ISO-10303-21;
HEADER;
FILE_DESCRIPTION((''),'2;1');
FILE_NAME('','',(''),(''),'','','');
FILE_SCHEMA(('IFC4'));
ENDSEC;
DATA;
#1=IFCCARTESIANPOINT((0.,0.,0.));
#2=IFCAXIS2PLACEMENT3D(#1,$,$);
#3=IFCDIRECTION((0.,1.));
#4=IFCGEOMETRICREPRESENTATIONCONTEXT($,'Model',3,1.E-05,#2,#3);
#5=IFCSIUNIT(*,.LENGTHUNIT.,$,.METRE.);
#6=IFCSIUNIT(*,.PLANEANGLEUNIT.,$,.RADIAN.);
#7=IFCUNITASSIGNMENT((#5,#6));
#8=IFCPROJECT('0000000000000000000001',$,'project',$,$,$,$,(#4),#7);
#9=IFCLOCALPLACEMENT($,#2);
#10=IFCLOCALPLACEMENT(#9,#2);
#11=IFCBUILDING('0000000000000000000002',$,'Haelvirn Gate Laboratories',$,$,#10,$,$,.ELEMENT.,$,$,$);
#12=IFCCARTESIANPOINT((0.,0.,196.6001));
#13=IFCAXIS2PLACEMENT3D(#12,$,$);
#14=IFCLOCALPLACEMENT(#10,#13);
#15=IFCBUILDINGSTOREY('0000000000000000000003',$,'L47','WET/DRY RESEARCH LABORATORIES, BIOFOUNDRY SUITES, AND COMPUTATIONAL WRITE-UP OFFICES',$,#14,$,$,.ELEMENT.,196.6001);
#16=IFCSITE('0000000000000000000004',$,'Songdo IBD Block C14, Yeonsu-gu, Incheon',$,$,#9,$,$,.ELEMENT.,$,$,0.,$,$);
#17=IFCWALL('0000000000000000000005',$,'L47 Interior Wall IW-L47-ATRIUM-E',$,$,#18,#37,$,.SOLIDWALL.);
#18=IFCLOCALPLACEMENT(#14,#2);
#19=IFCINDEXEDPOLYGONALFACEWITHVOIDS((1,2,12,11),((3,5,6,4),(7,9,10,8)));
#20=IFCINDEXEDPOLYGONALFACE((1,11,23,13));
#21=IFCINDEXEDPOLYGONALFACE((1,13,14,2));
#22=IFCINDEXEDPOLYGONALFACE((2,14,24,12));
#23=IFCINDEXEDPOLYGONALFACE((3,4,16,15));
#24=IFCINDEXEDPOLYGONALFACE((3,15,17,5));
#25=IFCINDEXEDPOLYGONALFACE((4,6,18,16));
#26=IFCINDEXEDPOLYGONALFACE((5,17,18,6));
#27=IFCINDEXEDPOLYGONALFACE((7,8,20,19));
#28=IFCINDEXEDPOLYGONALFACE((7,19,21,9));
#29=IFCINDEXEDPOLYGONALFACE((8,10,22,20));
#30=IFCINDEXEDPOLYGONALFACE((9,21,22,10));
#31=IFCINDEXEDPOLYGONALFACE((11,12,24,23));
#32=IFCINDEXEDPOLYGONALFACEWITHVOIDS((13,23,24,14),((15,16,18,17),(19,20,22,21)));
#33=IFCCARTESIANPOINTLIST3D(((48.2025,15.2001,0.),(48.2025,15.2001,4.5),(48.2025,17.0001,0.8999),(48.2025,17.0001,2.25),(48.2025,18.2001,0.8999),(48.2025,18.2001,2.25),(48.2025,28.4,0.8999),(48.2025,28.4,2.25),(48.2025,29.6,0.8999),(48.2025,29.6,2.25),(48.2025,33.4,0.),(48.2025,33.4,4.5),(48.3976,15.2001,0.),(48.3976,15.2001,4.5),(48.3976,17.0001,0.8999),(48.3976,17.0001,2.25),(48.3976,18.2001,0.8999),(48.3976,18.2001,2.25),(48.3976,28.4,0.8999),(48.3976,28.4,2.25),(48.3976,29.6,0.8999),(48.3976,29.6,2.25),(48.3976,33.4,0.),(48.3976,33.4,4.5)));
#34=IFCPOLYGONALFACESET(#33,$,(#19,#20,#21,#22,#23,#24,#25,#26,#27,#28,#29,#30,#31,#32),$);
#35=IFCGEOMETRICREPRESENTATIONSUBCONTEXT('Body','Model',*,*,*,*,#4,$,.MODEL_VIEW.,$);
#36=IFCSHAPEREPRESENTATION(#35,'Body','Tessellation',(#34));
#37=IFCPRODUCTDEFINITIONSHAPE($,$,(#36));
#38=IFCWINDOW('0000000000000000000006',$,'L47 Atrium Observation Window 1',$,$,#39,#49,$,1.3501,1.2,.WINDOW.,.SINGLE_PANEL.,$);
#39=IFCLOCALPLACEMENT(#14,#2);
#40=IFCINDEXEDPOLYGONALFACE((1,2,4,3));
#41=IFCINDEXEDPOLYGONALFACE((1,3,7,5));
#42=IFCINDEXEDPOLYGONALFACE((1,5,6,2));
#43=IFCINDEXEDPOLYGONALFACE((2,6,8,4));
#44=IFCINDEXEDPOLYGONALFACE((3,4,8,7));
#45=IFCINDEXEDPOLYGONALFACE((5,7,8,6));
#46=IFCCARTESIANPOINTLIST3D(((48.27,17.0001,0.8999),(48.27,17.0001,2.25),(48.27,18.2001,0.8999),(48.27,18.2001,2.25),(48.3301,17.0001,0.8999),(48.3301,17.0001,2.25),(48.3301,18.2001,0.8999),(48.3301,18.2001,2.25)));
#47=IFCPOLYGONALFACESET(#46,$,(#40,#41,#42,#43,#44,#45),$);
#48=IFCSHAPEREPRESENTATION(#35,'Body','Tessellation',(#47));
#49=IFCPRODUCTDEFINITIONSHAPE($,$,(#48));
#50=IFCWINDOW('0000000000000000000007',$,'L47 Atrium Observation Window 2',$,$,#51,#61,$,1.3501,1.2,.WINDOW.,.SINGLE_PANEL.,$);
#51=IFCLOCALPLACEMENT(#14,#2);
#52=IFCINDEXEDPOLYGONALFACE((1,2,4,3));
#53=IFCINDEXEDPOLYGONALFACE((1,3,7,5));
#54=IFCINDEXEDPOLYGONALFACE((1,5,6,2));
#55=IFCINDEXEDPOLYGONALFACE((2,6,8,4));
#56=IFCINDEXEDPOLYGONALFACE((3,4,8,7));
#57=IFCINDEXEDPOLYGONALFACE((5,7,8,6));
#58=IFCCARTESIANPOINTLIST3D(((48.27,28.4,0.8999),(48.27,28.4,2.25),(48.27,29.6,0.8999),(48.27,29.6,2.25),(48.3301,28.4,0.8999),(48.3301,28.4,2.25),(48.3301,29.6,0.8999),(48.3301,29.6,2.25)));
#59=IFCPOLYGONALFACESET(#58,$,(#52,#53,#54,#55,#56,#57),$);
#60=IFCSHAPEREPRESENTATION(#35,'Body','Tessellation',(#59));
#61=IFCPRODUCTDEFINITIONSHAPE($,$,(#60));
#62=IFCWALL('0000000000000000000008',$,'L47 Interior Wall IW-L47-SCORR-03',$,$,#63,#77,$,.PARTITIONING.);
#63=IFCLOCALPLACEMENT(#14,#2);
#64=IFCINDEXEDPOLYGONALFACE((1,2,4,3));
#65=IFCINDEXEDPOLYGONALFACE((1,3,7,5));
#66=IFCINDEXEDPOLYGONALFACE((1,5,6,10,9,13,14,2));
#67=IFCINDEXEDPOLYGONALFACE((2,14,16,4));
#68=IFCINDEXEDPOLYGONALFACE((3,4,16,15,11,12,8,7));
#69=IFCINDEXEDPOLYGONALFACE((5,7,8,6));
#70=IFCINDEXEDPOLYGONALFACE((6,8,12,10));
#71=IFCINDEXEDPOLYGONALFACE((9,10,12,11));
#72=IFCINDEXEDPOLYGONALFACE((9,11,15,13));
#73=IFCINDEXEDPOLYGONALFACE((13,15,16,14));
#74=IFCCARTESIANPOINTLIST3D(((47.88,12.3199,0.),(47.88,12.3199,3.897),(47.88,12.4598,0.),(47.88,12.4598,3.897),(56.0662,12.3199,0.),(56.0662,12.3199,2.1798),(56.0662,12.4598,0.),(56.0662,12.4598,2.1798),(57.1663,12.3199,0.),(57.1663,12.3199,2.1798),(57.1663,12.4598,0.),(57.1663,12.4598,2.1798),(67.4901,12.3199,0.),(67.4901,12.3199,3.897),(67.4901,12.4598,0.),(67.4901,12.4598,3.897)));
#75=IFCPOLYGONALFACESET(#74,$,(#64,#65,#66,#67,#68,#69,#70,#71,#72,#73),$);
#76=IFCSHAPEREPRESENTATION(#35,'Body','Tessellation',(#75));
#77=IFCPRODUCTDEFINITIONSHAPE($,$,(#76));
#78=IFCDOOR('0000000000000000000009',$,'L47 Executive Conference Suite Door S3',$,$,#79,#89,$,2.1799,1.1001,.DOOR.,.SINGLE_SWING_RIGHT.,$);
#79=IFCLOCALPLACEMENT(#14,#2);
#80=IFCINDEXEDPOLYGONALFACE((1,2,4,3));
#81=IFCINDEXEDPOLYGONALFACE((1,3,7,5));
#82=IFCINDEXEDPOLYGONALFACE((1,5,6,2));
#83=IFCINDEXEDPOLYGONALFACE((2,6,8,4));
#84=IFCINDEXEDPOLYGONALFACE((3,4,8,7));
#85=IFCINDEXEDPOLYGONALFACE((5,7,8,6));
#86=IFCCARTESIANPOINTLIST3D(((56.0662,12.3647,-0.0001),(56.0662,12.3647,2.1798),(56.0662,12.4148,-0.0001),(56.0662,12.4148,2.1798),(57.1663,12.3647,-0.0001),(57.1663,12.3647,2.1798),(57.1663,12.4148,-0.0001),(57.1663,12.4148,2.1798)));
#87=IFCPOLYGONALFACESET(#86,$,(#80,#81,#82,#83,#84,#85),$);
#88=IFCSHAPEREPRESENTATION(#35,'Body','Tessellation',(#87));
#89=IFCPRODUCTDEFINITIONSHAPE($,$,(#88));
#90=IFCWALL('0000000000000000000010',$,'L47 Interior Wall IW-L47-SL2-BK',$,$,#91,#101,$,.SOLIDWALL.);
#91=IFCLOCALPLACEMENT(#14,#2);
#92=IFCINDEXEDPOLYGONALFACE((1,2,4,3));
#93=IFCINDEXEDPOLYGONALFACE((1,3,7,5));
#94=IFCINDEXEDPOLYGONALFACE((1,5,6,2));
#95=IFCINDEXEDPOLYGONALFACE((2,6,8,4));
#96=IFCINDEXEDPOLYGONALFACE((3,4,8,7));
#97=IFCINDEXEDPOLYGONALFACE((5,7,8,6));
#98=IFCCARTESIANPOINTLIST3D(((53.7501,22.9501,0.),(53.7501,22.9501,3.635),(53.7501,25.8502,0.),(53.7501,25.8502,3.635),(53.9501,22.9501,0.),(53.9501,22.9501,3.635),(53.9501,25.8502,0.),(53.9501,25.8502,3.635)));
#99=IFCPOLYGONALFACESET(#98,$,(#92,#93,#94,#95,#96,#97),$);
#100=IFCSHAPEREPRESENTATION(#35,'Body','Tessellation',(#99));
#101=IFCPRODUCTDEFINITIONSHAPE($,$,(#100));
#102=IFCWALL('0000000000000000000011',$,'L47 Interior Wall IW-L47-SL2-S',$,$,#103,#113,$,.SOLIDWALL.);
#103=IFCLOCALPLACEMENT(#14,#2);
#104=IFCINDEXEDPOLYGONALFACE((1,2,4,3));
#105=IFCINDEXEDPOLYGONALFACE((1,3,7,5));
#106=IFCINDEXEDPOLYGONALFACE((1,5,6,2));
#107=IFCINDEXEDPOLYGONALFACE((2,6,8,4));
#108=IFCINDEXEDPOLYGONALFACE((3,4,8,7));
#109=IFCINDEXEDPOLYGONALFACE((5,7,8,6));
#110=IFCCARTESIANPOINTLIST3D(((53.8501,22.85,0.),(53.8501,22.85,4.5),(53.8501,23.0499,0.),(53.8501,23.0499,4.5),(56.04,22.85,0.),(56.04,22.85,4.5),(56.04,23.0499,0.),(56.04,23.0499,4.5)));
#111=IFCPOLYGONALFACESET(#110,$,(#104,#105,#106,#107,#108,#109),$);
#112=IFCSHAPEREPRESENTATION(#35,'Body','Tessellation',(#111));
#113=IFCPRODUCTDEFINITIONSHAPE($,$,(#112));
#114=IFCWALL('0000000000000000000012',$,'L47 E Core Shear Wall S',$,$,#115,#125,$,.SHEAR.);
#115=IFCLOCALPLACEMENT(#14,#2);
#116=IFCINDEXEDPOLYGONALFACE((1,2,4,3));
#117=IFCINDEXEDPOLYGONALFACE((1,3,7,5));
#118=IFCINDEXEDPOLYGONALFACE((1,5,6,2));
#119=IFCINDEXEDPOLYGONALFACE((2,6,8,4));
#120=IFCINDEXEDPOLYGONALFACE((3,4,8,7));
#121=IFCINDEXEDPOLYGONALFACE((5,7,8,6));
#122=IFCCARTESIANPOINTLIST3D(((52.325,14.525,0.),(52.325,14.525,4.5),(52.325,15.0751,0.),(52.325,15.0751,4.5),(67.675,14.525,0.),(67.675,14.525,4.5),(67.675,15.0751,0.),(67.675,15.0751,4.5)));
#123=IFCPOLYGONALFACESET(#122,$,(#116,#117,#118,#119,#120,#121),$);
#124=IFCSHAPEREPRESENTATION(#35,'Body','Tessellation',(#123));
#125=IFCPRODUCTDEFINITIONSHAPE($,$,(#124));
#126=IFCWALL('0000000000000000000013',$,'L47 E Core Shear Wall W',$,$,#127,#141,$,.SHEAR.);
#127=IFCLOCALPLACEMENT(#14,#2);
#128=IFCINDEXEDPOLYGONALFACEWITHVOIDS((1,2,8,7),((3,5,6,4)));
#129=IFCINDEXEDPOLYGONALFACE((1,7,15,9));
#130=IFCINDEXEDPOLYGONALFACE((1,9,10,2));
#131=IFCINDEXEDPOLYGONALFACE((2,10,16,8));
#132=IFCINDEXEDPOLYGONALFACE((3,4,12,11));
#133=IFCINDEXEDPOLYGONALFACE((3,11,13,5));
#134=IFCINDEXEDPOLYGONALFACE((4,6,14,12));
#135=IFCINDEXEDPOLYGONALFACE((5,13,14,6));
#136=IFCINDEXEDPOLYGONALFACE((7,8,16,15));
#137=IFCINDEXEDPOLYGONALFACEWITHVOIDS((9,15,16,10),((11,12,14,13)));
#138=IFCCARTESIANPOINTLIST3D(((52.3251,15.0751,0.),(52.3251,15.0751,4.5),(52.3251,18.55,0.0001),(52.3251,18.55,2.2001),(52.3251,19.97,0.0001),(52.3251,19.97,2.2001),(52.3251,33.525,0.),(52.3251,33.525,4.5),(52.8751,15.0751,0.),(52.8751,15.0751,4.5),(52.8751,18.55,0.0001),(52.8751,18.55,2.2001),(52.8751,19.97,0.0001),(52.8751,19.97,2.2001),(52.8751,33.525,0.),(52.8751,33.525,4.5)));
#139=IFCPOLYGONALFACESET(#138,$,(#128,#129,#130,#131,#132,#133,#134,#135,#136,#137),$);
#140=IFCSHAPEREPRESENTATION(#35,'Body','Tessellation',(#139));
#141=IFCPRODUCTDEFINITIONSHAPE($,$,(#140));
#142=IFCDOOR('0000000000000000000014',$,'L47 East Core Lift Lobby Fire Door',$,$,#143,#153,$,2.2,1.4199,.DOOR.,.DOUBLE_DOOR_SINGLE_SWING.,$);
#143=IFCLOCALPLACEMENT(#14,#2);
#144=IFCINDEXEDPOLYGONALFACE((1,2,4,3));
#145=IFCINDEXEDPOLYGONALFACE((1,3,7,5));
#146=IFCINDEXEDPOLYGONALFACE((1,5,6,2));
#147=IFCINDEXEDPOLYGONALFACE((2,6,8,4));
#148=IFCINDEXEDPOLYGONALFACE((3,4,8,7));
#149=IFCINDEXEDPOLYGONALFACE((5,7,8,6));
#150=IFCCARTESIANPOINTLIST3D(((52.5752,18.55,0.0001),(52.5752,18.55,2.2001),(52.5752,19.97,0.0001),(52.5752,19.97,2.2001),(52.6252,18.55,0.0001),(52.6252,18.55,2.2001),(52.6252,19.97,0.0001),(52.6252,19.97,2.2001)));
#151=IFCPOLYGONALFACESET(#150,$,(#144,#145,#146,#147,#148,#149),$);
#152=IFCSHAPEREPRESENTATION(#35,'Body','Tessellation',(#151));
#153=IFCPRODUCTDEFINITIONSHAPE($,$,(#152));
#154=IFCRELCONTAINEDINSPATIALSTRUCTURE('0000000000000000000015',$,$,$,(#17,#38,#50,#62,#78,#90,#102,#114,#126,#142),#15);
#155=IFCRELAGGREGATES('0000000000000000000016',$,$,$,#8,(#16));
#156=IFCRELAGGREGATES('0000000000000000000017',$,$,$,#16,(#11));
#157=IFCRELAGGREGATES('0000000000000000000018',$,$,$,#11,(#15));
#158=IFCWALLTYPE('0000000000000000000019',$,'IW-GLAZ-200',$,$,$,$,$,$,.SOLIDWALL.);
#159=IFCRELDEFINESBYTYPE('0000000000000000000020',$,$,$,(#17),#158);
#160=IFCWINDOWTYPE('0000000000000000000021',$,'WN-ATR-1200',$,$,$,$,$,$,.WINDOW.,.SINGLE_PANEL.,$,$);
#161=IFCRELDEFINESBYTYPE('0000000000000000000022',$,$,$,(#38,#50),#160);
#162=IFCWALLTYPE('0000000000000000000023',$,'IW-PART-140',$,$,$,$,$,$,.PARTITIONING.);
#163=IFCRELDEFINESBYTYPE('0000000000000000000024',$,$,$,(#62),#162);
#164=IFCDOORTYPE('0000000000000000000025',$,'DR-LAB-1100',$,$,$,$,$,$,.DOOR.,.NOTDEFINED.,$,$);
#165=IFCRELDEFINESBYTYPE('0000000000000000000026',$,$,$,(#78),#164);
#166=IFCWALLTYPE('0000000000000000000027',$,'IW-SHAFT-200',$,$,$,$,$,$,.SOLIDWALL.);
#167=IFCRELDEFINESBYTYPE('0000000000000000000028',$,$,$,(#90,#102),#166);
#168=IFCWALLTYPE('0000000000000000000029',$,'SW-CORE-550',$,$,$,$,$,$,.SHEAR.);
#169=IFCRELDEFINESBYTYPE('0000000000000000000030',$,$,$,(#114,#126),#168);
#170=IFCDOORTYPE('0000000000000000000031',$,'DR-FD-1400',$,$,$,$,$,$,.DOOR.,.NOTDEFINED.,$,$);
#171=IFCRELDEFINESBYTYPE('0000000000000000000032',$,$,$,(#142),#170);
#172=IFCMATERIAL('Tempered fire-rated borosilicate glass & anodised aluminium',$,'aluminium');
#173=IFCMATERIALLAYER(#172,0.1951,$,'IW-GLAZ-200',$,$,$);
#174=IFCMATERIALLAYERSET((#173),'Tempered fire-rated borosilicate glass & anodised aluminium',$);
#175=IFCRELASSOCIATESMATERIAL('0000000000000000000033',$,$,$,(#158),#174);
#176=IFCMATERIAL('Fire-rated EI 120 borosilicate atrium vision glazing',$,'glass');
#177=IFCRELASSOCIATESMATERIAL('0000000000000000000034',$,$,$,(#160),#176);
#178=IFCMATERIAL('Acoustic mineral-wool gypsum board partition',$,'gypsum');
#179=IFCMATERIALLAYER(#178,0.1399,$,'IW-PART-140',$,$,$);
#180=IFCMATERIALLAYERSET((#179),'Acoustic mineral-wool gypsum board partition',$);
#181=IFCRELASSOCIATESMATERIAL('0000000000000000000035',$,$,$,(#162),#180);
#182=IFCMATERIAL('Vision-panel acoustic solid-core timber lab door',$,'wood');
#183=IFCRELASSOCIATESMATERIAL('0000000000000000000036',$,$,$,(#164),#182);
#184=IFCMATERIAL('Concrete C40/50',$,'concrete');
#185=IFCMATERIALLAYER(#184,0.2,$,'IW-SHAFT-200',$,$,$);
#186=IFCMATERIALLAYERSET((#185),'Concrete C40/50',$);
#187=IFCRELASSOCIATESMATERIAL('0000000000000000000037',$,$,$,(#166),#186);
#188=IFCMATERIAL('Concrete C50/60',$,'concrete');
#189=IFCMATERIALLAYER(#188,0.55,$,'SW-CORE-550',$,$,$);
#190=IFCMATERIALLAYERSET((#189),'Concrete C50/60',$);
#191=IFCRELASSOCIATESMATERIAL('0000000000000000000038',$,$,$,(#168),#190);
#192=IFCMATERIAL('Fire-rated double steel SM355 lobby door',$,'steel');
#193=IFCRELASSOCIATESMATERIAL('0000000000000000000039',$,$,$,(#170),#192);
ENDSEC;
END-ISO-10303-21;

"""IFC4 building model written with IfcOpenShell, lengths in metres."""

from ifc_helpers import new_model, si_unit, direction, frame, frame_2d, origin, place, context, subcontext, project, spatial, rectangle, extrude, source, transform, mapped, material, layer, layer_set, type_object, type_shapes, element, fill, save


model = new_model("IFC4")

# Units and contexts
model_context = context("Model", 3, precision=1e-05, world=origin(), true_north=direction((0.0, 1.0)))
body_context = subcontext(model_context, "Body", "Model", "MODEL_VIEW")
ifc_project = project(units=[si_unit("LENGTHUNIT", "METRE"), si_unit("PLANEANGLEUNIT", "RADIAN")], contexts=[model_context])

# Site, building, storey
site_placement = place(None, origin())
site = spatial("IfcSite", under=ifc_project, at=site_placement, Name="Songdo IBD Block C14, Yeonsu-gu, Incheon", CompositionType="ELEMENT", RefElevation=0.0)
building_placement = place(site_placement, origin())
building = spatial("IfcBuilding", under=site, at=building_placement, Name="Haelvirn Gate Laboratories", CompositionType="ELEMENT")
storey_placement = place(building_placement, frame((0.0, 0.0, 196.6001)))
storey = spatial("IfcBuildingStorey", under=building, at=storey_placement, Name="L47", Description="WET/DRY RESEARCH LABORATORIES, BIOFOUNDRY SUITES, AND COMPUTATIONAL WRITE-UP OFFICES", CompositionType="ELEMENT", Elevation=196.6001)

# Shared definitions
ifc_material_1 = material(Name="Concrete C50/60", Category="concrete")

# Wall, openings, windows
ifc_material_2 = material(Name="Tempered fire-rated borosilicate glass & anodised aluminium", Category="aluminium")
ifc_layer_1 = layer(ifc_material_2, 0.1951, Name="IW-GLAZ-200")
ifc_layer_set_1 = layer_set([ifc_layer_1], Name="Tempered fire-rated borosilicate glass & anodised aluminium")
wall_type_1 = type_object("IfcWallType", Name="IW-GLAZ-200", PredefinedType="SOLIDWALL", material=ifc_layer_set_1)
wall_1_placement = place(storey_placement, frame((48.3, 15.2, 0.0), z_axis=(0.0, 0.0, 1.0), x_axis=(0.0, 1.0, 0.0)))
wall_1 = element("IfcWall", 1, at=wall_1_placement, inside=storey, type_object=wall_type_1, Name="L47 Interior Wall IW-L47-ATRIUM-E", PredefinedType="SOLIDWALL", context=body_context, shape_type="SweptSolid", body=[
    extrude(rectangle(XDim=18.2, YDim=0.1951, at=frame_2d((9.1001, 0.0))), origin(), (0.0, 0.0, 1.0), 4.5),
])
opening_1_placement = place(wall_1_placement, frame((1.8, 0.0, 0.8999)))
opening_1 = element("IfcOpeningElement", 2, at=opening_1_placement, cuts=wall_1, PredefinedType="OPENING", context=body_context, shape_type="SweptSolid", body=[
    extrude(rectangle(XDim=1.2, YDim=1.3501, at=frame_2d((0.6001, 0.675))), frame((0.0, 0.1074, 0.0), z_axis=(0.0, -1.0, 0.0), x_axis=(1.0, 0.0, 0.0)), (0.0, 0.0, 1.0), 0.2151),
])
opening_2_placement = place(wall_1_placement, frame((13.2, 0.0, 0.8999)))
opening_2 = element("IfcOpeningElement", 3, at=opening_2_placement, cuts=wall_1, PredefinedType="OPENING", context=body_context, shape_type="SweptSolid", body=[
    extrude(rectangle(XDim=1.2, YDim=1.3501, at=frame_2d((0.6001, 0.675))), frame((0.0, 0.1074, 0.0), z_axis=(0.0, -1.0, 0.0), x_axis=(1.0, 0.0, 0.0)), (0.0, 0.0, 1.0), 0.2151),
])
ifc_material_3 = material(Name="Fire-rated EI 120 borosilicate atrium vision glazing", Category="glass")
window_type = type_object("IfcWindowType", Name="WN-ATR-1200", PartitioningType="SINGLE_PANEL", PredefinedType="WINDOW", material=ifc_material_3)
shared_shape_1 = source(origin(), body_context, "Body", "SweptSolid", [
    extrude(rectangle(XDim=1.2, YDim=1.3501, at=frame_2d((0.6001, 0.675))), frame((0.0, 0.03, 0.0), z_axis=(0.0, -1.0, 0.0), x_axis=(1.0, 0.0, 0.0)), (0.0, 0.0, 1.0), 0.0601),
])
type_shapes(window_type, [shared_shape_1])
window_1_placement = place(opening_1_placement, origin())
window_1 = element("IfcWindow", 4, at=window_1_placement, inside=storey, type_object=window_type, Name="L47 Atrium Observation Window 1", OverallHeight=1.3501, OverallWidth=1.2, PartitioningType="SINGLE_PANEL", PredefinedType="WINDOW", context=body_context, shape_type="MappedRepresentation", body=[
    mapped(shared_shape_1, transform((0.0, 0.0, 0.0), scale=1.0)),
])
fill(opening_1, window_1)
window_2_placement = place(opening_2_placement, origin())
window_2 = element("IfcWindow", 5, at=window_2_placement, inside=storey, type_object=window_type, Name="L47 Atrium Observation Window 2", OverallHeight=1.3501, OverallWidth=1.2, PartitioningType="SINGLE_PANEL", PredefinedType="WINDOW", context=body_context, shape_type="MappedRepresentation", body=[
    mapped(shared_shape_1, transform((0.0, 0.0, 0.0), scale=1.0)),
])
fill(opening_2, window_2)

# Wall, opening, door
ifc_material_4 = material(Name="Acoustic mineral-wool gypsum board partition", Category="gypsum")
ifc_layer_2 = layer(ifc_material_4, 0.1399, Name="IW-PART-140")
ifc_layer_set_2 = layer_set([ifc_layer_2], Name="Acoustic mineral-wool gypsum board partition")
wall_type_2 = type_object("IfcWallType", Name="IW-PART-140", PredefinedType="PARTITIONING", material=ifc_layer_set_2)
wall_2_placement = place(storey_placement, frame((47.8799, 12.3899, 0.0), z_axis=(0.0, 0.0, 1.0), x_axis=(1.0, 0.0, 0.0)))
wall_2 = element("IfcWall", 6, at=wall_2_placement, inside=storey, type_object=wall_type_2, Name="L47 Interior Wall IW-L47-SCORR-03", PredefinedType="PARTITIONING", context=body_context, shape_type="SweptSolid", body=[
    extrude(rectangle(XDim=19.6101, YDim=0.1399, at=frame_2d((9.8052, 0.0))), origin(), (0.0, 0.0, 1.0), 3.897),
])
opening_3_placement = place(wall_2_placement, frame((8.1863, 0.0, 0.0)))
opening_3 = element("IfcOpeningElement", 7, at=opening_3_placement, cuts=wall_2, PredefinedType="OPENING", context=body_context, shape_type="SweptSolid", body=[
    extrude(rectangle(XDim=1.1001, YDim=2.1799, at=frame_2d((0.55, 1.0898))), frame((0.0, 0.0801, 0.0), z_axis=(0.0, -1.0, 0.0), x_axis=(1.0, 0.0, 0.0)), (0.0, 0.0, 1.0), 0.1599),
])
ifc_material_5 = material(Name="Vision-panel acoustic solid-core timber lab door", Category="wood")
door_type_1 = type_object("IfcDoorType", Name="DR-LAB-1100", OperationType="NOTDEFINED", PredefinedType="DOOR", material=ifc_material_5)
shared_shape_2 = source(origin(), body_context, "Body", "SweptSolid", [
    extrude(rectangle(XDim=1.1001, YDim=2.1799, at=frame_2d((0.55, 1.0898))), frame((0.0, 0.0249, 0.0), z_axis=(0.0, -1.0, 0.0), x_axis=(1.0, 0.0, 0.0)), (0.0, 0.0, 1.0), 0.05),
])
type_shapes(door_type_1, [shared_shape_2])
door_1_placement = place(opening_3_placement, origin())
door_1 = element("IfcDoor", 8, at=door_1_placement, inside=storey, type_object=door_type_1, Name="L47 Executive Conference Suite Door S3", OperationType="SINGLE_SWING_RIGHT", OverallHeight=2.1799, OverallWidth=1.1001, PredefinedType="DOOR", context=body_context, shape_type="MappedRepresentation", body=[
    mapped(shared_shape_2, transform((0.0, 0.0, 0.0), scale=1.0)),
])
fill(opening_3, door_1)

# Walls
ifc_material_6 = material(Name="Concrete C40/50", Category="concrete")
ifc_layer_3 = layer(ifc_material_6, 0.2, Name="IW-SHAFT-200")
ifc_layer_set_3 = layer_set([ifc_layer_3], Name="Concrete C40/50")
wall_type_3 = type_object("IfcWallType", Name="IW-SHAFT-200", PredefinedType="SOLIDWALL", material=ifc_layer_set_3)
wall_3_placement = place(storey_placement, frame((53.8501, 22.95, 0.0), z_axis=(0.0, 0.0, 1.0), x_axis=(0.0, 1.0, 0.0)))
element("IfcWall", 9, at=wall_3_placement, inside=storey, type_object=wall_type_3, Name="L47 Interior Wall IW-L47-SL2-BK", PredefinedType="SOLIDWALL", context=body_context, shape_type="SweptSolid", body=[
    extrude(rectangle(XDim=2.9001, YDim=0.2, at=frame_2d((1.4502, 0.0))), origin(), (0.0, 0.0, 1.0), 3.635),
])
wall_4_placement = place(storey_placement, frame((53.8501, 22.95, 0.0), z_axis=(0.0, 0.0, 1.0), x_axis=(1.0, 0.0, 0.0)))
element("IfcWall", 10, at=wall_4_placement, inside=storey, type_object=wall_type_3, Name="L47 Interior Wall IW-L47-SL2-S", PredefinedType="SOLIDWALL", context=body_context, shape_type="SweptSolid", body=[
    extrude(rectangle(XDim=2.1899, YDim=0.2, at=frame_2d((1.095, 0.0))), origin(), (0.0, 0.0, 1.0), 4.5),
])
ifc_layer_4 = layer(ifc_material_1, 0.55, Name="SW-CORE-550")
ifc_layer_set_4 = layer_set([ifc_layer_4], Name="Concrete C50/60")
wall_type_4 = type_object("IfcWallType", Name="SW-CORE-550", PredefinedType="SHEAR", material=ifc_layer_set_4)
wall_5_placement = place(storey_placement, frame((52.325, 14.8, 0.0), z_axis=(0.0, 0.0, 1.0), x_axis=(1.0, 0.0, 0.0)))
element("IfcWall", 11, at=wall_5_placement, inside=storey, type_object=wall_type_4, Name="L47 E Core Shear Wall S", PredefinedType="SHEAR", context=body_context, shape_type="SweptSolid", body=[
    extrude(rectangle(XDim=15.3501, YDim=0.55, at=frame_2d((7.675, 0.0))), origin(), (0.0, 0.0, 1.0), 4.5),
])

# Wall, opening, door
wall_6_placement = place(storey_placement, frame((52.6001, 15.075, 0.0), z_axis=(0.0, 0.0, 1.0), x_axis=(0.0, 1.0, 0.0)))
wall_6 = element("IfcWall", 12, at=wall_6_placement, inside=storey, type_object=wall_type_4, Name="L47 E Core Shear Wall W", PredefinedType="SHEAR", context=body_context, shape_type="SweptSolid", body=[
    extrude(rectangle(XDim=18.45, YDim=0.55, at=frame_2d((9.2251, 0.0))), origin(), (0.0, 0.0, 1.0), 4.5),
])
opening_4_placement = place(wall_6_placement, frame((3.4751, 0.0, 0.0)))
opening_4 = element("IfcOpeningElement", 13, at=opening_4_placement, cuts=wall_6, PredefinedType="OPENING", context=body_context, shape_type="SweptSolid", body=[
    extrude(rectangle(XDim=1.4199, YDim=2.2, at=frame_2d((0.71, 1.1001))), frame((0.0, 0.2852, 0.0), z_axis=(0.0, -1.0, 0.0), x_axis=(1.0, 0.0, 0.0)), (0.0, 0.0, 1.0), 0.5701),
])
ifc_material_7 = material(Name="Fire-rated double steel SM355 lobby door", Category="steel")
door_type_2 = type_object("IfcDoorType", Name="DR-FD-1400", OperationType="NOTDEFINED", PredefinedType="DOOR", material=ifc_material_7)
shared_shape_3 = source(origin(), body_context, "Body", "SweptSolid", [
    extrude(rectangle(XDim=1.4199, YDim=2.2, at=frame_2d((0.71, 1.1001))), frame((0.0, 0.0249, 0.0), z_axis=(0.0, -1.0, 0.0), x_axis=(1.0, 0.0, 0.0)), (0.0, 0.0, 1.0), 0.05),
])
type_shapes(door_type_2, [shared_shape_3])
door_2_placement = place(opening_4_placement, origin())
door_2 = element("IfcDoor", 14, at=door_2_placement, inside=storey, type_object=door_type_2, Name="L47 East Core Lift Lobby Fire Door", OperationType="DOUBLE_DOOR_SINGLE_SWING", OverallHeight=2.2, OverallWidth=1.4199, PredefinedType="DOOR", context=body_context, shape_type="MappedRepresentation", body=[
    mapped(shared_shape_3, transform((0.0, 0.0, 0.0), scale=1.0)),
])
fill(opening_4, door_2)

save(model, "model.ifc")
